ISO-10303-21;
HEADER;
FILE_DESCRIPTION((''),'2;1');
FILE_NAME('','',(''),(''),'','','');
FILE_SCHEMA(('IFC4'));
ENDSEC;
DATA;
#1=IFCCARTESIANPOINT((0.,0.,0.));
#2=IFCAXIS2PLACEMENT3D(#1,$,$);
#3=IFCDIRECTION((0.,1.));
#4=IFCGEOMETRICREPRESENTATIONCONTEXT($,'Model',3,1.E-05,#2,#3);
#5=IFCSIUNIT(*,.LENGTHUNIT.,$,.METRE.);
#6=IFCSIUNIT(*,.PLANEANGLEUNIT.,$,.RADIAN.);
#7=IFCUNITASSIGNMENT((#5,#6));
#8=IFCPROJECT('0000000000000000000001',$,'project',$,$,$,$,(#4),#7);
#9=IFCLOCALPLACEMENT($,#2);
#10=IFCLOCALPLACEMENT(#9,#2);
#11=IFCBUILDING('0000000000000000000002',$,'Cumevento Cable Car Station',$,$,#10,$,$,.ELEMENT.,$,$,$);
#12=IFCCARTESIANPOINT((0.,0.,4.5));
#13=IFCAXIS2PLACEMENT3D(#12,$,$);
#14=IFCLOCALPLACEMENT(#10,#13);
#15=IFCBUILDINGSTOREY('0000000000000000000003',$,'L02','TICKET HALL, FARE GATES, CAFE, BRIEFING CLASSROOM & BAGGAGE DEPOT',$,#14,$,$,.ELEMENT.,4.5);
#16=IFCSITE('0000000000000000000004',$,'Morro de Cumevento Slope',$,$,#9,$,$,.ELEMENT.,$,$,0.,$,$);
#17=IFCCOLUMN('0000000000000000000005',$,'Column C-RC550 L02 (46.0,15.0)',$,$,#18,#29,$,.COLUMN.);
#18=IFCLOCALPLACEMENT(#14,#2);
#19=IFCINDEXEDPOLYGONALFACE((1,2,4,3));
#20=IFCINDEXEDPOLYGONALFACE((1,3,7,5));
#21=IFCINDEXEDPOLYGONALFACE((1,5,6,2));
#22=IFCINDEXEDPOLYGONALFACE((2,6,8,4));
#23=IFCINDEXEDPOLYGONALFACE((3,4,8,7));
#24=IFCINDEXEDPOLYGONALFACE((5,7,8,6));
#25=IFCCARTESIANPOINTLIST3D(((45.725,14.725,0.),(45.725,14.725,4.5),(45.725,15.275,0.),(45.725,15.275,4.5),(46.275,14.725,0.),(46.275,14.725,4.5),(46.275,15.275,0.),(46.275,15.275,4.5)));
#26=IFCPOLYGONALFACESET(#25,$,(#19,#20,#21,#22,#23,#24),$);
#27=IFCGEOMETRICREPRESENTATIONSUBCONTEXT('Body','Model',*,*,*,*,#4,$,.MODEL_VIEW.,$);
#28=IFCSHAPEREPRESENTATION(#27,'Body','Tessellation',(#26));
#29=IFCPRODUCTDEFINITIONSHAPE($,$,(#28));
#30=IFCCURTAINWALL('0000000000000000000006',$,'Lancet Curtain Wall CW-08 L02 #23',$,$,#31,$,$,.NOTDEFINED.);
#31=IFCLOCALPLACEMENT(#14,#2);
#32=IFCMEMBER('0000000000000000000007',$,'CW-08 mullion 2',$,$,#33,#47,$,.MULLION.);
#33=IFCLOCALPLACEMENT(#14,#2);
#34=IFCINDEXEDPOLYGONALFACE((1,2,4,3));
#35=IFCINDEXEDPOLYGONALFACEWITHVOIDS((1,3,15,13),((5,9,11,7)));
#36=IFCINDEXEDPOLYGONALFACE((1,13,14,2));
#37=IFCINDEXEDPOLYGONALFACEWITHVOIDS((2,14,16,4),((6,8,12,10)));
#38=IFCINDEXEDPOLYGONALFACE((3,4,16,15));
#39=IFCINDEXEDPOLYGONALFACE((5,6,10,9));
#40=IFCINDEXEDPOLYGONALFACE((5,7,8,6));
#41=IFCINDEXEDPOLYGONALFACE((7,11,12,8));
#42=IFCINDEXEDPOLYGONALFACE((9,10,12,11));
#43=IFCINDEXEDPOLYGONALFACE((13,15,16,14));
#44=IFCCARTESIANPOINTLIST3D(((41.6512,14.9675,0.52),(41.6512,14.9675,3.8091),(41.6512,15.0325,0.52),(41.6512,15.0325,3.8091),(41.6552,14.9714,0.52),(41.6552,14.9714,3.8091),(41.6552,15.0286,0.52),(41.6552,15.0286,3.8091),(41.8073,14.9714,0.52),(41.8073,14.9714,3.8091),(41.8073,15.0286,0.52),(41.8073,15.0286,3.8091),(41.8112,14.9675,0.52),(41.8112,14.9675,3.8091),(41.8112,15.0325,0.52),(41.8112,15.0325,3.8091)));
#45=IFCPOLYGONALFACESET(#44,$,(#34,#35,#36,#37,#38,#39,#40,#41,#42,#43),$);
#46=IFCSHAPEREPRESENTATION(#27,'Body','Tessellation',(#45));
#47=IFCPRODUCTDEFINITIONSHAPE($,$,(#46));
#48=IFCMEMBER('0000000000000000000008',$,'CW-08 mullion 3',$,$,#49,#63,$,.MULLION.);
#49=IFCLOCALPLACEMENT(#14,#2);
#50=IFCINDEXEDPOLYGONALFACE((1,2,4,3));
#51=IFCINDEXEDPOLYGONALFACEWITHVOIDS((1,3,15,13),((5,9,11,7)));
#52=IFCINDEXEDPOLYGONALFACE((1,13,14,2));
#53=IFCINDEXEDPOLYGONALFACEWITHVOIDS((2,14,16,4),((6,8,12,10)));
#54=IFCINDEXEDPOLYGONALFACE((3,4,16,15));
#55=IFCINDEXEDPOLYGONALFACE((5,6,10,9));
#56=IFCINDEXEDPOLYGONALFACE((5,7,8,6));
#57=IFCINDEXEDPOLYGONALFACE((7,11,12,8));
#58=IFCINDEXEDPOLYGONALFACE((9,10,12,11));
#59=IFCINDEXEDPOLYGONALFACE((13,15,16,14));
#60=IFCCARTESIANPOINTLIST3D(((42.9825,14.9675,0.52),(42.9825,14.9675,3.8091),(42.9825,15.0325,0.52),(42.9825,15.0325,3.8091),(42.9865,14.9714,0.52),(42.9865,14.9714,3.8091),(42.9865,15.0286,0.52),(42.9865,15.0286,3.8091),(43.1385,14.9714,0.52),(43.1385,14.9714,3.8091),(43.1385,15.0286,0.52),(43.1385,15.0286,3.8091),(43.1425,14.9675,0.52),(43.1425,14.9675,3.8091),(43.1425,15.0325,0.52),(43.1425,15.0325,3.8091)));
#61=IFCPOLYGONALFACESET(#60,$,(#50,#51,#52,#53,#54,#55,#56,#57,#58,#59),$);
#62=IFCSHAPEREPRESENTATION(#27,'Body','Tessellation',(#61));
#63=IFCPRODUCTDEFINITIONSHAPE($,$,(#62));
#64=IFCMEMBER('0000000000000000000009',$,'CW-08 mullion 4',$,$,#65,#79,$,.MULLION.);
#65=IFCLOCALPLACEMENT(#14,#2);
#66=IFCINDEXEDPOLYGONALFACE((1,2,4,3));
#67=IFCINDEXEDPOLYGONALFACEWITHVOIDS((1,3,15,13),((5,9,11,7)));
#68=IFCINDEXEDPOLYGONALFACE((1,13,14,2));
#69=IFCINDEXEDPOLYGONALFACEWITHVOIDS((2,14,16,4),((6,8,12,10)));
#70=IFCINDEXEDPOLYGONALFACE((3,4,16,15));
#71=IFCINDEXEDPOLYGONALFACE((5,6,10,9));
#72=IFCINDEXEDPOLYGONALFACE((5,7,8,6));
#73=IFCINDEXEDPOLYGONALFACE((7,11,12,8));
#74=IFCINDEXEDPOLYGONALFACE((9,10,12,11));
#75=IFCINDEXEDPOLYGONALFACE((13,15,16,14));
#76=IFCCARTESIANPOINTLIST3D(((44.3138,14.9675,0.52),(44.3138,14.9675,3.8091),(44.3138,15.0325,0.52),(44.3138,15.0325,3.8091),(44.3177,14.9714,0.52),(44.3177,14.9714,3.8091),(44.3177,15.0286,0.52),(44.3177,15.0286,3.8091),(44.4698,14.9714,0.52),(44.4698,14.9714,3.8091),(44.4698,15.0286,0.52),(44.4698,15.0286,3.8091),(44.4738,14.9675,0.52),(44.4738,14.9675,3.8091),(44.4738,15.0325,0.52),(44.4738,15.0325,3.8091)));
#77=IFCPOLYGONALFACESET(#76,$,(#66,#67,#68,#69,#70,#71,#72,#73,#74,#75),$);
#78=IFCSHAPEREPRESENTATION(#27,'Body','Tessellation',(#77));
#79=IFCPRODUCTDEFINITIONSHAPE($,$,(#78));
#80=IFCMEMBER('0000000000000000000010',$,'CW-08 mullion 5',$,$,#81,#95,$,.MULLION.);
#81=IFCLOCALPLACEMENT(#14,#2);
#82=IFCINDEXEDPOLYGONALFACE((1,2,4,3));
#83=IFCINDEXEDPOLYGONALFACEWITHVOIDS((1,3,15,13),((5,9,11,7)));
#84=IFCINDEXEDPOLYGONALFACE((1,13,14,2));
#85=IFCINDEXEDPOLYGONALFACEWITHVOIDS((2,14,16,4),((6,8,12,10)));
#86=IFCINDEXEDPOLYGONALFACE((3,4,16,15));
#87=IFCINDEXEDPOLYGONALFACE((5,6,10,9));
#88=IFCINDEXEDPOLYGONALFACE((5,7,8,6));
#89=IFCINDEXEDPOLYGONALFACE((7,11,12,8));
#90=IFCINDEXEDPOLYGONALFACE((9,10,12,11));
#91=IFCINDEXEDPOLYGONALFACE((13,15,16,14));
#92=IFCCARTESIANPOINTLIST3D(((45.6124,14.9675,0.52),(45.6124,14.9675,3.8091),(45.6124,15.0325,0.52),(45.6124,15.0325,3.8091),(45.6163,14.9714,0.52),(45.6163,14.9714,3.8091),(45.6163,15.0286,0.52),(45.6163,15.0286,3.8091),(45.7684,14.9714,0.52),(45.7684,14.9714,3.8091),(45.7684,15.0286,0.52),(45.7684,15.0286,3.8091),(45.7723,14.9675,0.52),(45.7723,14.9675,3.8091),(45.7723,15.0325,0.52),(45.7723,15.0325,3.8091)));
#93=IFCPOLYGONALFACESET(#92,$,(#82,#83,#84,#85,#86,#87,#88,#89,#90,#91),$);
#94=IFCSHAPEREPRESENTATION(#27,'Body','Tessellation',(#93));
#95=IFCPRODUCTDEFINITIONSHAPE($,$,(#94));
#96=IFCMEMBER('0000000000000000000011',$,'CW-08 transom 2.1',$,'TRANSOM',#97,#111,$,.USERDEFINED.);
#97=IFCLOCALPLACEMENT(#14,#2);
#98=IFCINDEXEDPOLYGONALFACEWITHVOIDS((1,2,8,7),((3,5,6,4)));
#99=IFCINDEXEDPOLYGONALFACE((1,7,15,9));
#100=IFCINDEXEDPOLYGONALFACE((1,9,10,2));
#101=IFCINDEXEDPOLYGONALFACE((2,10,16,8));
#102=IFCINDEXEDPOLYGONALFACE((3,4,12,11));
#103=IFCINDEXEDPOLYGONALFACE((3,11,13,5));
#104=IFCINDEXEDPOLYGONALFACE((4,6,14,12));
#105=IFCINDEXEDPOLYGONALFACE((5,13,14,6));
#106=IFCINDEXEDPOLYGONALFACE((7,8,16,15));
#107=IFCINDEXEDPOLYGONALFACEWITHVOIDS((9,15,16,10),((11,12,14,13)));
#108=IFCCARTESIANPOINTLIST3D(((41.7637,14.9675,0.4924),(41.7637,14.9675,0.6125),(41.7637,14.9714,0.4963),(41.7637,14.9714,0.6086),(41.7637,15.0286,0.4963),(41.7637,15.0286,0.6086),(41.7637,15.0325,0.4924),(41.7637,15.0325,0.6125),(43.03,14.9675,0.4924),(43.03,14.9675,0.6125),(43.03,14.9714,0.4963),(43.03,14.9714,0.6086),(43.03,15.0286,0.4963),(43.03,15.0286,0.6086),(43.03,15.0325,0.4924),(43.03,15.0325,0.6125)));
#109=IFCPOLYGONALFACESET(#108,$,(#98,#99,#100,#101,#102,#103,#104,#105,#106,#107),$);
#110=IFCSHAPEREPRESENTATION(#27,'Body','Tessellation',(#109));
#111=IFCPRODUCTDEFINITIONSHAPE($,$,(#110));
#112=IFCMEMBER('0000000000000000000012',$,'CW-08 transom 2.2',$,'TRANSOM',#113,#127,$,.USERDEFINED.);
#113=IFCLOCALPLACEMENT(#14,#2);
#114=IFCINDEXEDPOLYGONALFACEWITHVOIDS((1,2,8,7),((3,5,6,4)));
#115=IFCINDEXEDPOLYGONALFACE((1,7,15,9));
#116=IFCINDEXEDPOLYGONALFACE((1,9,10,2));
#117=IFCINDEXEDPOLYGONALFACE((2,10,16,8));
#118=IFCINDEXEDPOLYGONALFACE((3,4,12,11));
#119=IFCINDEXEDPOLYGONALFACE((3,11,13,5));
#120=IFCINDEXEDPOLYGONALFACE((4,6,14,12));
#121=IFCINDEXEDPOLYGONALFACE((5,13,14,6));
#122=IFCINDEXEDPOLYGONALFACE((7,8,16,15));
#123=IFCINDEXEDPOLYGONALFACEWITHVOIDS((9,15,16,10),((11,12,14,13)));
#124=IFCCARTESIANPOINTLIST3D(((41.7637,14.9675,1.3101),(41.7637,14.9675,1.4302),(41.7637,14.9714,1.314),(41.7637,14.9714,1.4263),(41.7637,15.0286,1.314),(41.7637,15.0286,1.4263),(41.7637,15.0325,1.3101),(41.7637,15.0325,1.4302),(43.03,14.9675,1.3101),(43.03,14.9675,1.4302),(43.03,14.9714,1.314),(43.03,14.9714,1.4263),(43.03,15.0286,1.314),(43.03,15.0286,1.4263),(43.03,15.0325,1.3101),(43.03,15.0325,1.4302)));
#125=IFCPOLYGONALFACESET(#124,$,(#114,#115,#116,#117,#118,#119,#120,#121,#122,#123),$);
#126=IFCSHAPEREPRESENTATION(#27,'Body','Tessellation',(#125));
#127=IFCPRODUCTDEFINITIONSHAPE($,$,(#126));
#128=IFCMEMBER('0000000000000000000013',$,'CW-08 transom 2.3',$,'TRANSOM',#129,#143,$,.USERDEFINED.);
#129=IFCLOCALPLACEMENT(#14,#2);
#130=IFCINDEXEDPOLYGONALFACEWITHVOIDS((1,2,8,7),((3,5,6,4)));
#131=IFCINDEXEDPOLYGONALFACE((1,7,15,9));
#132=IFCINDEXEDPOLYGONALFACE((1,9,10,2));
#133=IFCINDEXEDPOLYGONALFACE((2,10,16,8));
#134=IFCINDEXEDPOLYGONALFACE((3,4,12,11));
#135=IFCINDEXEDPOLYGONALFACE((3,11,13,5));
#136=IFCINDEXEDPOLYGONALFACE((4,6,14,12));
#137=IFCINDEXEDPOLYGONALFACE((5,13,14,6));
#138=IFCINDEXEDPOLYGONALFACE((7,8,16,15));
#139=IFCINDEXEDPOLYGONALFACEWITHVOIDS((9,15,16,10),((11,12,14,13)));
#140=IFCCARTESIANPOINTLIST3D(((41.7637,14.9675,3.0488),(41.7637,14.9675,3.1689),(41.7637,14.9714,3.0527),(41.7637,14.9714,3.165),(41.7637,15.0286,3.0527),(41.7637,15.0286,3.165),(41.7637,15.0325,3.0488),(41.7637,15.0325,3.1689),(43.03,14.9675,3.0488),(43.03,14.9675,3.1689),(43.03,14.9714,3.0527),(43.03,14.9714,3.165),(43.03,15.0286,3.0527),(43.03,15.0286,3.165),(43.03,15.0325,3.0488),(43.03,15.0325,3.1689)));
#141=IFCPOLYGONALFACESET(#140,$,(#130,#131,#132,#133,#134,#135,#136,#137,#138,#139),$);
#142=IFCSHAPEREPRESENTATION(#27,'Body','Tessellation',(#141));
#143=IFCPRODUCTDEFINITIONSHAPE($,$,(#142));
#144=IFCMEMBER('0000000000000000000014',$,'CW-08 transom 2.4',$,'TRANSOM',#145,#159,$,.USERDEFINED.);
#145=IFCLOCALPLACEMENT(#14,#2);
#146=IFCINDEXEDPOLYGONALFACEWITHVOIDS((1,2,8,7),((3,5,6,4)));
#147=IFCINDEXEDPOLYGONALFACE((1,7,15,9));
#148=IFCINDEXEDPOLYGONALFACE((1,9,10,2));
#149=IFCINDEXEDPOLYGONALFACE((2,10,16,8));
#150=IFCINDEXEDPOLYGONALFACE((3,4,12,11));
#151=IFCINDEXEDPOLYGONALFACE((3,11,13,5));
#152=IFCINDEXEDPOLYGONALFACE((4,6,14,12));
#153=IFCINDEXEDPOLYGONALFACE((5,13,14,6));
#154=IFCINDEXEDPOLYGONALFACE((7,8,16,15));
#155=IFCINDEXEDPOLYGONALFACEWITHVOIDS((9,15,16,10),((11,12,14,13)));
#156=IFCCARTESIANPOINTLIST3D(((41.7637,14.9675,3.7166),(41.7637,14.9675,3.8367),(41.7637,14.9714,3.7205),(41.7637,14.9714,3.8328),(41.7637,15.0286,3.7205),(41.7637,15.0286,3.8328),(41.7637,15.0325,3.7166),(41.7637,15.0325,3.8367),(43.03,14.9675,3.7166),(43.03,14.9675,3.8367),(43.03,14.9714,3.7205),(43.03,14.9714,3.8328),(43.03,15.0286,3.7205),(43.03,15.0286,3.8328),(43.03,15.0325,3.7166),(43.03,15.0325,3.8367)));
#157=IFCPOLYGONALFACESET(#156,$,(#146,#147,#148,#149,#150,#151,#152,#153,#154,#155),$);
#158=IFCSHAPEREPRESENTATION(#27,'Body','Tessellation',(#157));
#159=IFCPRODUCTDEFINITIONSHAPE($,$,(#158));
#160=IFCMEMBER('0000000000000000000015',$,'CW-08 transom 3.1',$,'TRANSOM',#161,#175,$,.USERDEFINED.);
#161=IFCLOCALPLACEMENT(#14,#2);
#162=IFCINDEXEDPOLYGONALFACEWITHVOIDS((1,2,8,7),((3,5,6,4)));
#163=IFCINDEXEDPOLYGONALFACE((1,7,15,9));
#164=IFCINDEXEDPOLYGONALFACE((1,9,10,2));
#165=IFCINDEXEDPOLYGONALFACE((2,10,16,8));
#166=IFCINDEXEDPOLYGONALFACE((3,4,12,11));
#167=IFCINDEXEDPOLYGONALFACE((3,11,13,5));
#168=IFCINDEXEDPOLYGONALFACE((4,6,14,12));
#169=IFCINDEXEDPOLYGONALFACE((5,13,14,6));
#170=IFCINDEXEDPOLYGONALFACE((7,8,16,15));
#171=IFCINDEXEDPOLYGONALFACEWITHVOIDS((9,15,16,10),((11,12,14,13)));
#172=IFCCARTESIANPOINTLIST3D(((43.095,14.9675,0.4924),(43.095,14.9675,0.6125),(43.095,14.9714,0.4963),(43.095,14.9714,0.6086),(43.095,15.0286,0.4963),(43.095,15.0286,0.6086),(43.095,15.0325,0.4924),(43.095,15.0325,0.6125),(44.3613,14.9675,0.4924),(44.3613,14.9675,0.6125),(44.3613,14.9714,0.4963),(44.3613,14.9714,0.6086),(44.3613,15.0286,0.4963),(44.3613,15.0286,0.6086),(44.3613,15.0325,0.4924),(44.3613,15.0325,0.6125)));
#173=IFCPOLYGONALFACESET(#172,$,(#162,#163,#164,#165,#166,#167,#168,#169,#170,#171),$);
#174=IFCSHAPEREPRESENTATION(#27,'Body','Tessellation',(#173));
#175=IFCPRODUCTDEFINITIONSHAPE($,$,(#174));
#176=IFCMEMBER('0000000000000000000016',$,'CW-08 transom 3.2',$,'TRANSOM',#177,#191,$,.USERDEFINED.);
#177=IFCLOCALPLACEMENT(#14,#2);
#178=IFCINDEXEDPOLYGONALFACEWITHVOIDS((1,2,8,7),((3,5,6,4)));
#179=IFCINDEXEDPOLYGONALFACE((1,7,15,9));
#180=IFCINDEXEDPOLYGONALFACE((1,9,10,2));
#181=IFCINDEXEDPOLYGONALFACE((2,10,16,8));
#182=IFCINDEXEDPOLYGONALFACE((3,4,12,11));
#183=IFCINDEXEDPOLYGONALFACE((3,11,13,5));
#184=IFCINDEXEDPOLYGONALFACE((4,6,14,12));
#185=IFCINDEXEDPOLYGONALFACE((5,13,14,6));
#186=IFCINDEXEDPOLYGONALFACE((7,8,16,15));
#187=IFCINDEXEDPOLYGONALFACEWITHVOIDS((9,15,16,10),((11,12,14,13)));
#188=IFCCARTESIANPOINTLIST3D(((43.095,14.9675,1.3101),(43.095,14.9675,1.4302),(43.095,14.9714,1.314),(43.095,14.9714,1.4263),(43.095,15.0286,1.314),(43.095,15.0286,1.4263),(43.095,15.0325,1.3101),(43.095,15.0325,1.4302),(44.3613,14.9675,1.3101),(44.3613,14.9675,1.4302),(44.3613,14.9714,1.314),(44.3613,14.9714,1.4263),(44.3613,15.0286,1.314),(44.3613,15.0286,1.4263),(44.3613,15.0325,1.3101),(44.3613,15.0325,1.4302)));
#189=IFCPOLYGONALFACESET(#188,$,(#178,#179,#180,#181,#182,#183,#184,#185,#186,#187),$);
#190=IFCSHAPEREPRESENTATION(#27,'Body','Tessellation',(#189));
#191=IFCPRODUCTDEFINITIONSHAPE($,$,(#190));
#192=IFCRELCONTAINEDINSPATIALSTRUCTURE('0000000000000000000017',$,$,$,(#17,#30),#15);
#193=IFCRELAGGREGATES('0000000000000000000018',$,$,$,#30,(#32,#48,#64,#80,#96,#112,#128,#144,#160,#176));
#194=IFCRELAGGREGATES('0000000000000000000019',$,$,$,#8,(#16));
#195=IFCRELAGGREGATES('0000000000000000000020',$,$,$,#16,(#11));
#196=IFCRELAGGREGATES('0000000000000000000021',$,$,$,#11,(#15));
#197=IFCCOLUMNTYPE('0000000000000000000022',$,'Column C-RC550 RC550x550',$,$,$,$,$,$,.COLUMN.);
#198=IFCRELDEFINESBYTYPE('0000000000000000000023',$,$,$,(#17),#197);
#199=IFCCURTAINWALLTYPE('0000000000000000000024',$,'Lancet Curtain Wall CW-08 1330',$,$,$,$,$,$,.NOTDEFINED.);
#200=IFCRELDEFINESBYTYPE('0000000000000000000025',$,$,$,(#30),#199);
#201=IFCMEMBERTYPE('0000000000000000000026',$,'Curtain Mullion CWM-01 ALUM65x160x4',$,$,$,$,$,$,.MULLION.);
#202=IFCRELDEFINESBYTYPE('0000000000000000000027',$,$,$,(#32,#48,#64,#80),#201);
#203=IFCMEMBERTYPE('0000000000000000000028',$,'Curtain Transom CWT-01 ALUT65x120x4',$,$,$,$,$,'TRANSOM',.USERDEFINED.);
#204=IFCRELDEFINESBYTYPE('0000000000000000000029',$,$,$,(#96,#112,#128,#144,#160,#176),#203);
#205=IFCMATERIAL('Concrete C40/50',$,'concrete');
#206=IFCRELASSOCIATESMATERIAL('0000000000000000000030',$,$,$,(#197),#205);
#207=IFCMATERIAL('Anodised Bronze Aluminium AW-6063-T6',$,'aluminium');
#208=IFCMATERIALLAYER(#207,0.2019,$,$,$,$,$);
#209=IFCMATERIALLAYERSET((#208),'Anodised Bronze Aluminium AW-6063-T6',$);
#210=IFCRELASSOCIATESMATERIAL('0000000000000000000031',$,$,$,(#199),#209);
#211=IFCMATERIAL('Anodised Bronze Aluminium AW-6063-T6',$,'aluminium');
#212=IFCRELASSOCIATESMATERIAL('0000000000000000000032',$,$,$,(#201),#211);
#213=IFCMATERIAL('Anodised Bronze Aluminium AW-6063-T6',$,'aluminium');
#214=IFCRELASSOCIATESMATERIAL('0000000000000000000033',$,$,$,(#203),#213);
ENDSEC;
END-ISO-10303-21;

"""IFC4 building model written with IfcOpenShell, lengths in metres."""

from ifc_helpers import new_model, si_unit, direction, frame, origin, origin_2d, place, context, subcontext, project, spatial, rectangle, hollow_rectangle, extrude, material, layer, layer_set, material_profile, profile_set, type_object, element, aggregate, save


model = new_model("IFC4")

# Units and contexts
model_context = context("Model", 3, precision=1e-05, world=origin(), true_north=direction((0.0, 1.0)))
body_context = subcontext(model_context, "Body", "Model", "MODEL_VIEW")
ifc_project = project(units=[si_unit("LENGTHUNIT", "METRE"), si_unit("PLANEANGLEUNIT", "RADIAN")], contexts=[model_context])

# Site, building, storey
site_placement = place(None, origin())
site = spatial("IfcSite", under=ifc_project, at=site_placement, Name="Morro de Cumevento Slope", CompositionType="ELEMENT", RefElevation=0.0)
building_placement = place(site_placement, origin())
building = spatial("IfcBuilding", under=site, at=building_placement, Name="Cumevento Cable Car Station", CompositionType="ELEMENT")
storey_placement = place(building_placement, frame((0.0, 0.0, 4.5)))
storey = spatial("IfcBuildingStorey", under=building, at=storey_placement, Name="L02", Description="TICKET HALL, FARE GATES, CAFE, BRIEFING CLASSROOM & BAGGAGE DEPOT", CompositionType="ELEMENT", Elevation=4.5)

# Column
ifc_material_1 = material(Name="Concrete C40/50", Category="concrete")
ifc_material_profile_1 = material_profile(ifc_material_1, rectangle(XDim=0.55, YDim=0.55, at=origin_2d()), Name="RC550x550")
ifc_profile_set_1 = profile_set([ifc_material_profile_1], Name="Concrete C40/50")
column_type = type_object("IfcColumnType", Name="Column C-RC550 RC550x550", PredefinedType="COLUMN", material=ifc_profile_set_1)
column_placement = place(storey_placement, frame((46.0, 15.0, 0.0), z_axis=(0.0, 0.0, 1.0), x_axis=(1.0, 0.0, 0.0)))
element("IfcColumn", 1, at=column_placement, inside=storey, type_object=column_type, Name="Column C-RC550 L02 (46.0,15.0)", PredefinedType="COLUMN", context=body_context, shape_type="SweptSolid", body=[
    extrude(rectangle(XDim=0.55, YDim=0.55, at=origin_2d()), origin(), (0.0, 0.0, 1.0), 4.5),
])

# Curtain wall, members
ifc_material_2 = material(Name="Anodised Bronze Aluminium AW-6063-T6", Category="aluminium")
ifc_layer_1 = layer(ifc_material_2, 0.2019)
ifc_layer_set_1 = layer_set([ifc_layer_1], Name="Anodised Bronze Aluminium AW-6063-T6")
curtain_wall_type = type_object("IfcCurtainWallType", Name="Lancet Curtain Wall CW-08 1330", PredefinedType="NOTDEFINED", material=ifc_layer_set_1)
curtain_wall_placement = place(storey_placement, origin())
curtain_wall = element("IfcCurtainWall", 2, at=curtain_wall_placement, inside=storey, type_object=curtain_wall_type, Name="Lancet Curtain Wall CW-08 L02 #23", PredefinedType="NOTDEFINED")
ifc_material_3 = material(Name="Anodised Bronze Aluminium AW-6063-T6", Category="aluminium")
ifc_material_profile_2 = material_profile(ifc_material_3, hollow_rectangle(XDim=0.0649, YDim=0.1599, WallThickness=0.0039, at=origin_2d()), Name="ALUM65x160x4")
ifc_profile_set_2 = profile_set([ifc_material_profile_2], Name="Anodised Bronze Aluminium AW-6063-T6")
member_type_1 = type_object("IfcMemberType", Name="Curtain Mullion CWM-01 ALUM65x160x4", PredefinedType="MULLION", material=ifc_profile_set_2)
member_1_placement = place(storey_placement, frame((41.7312, 15.0, 0.52), z_axis=(0.0, 0.0, 1.0), x_axis=(0.0, 1.0, 0.0)))
member_1 = element("IfcMember", 3, at=member_1_placement, type_object=member_type_1, Name="CW-08 mullion 2", PredefinedType="MULLION", context=body_context, shape_type="SweptSolid", body=[
    extrude(hollow_rectangle(XDim=0.0649, YDim=0.1599, WallThickness=0.0039, at=origin_2d()), origin(), (0.0, 0.0, 1.0), 3.2891),
])
member_2_placement = place(storey_placement, frame((43.0625, 15.0, 0.52), z_axis=(0.0, 0.0, 1.0), x_axis=(0.0, 1.0, 0.0)))
member_2 = element("IfcMember", 4, at=member_2_placement, type_object=member_type_1, Name="CW-08 mullion 3", PredefinedType="MULLION", context=body_context, shape_type="SweptSolid", body=[
    extrude(hollow_rectangle(XDim=0.0649, YDim=0.1599, WallThickness=0.0039, at=origin_2d()), origin(), (0.0, 0.0, 1.0), 3.2891),
])
member_3_placement = place(storey_placement, frame((44.3938, 15.0, 0.52), z_axis=(0.0, 0.0, 1.0), x_axis=(0.0, 1.0, 0.0)))
member_3 = element("IfcMember", 5, at=member_3_placement, type_object=member_type_1, Name="CW-08 mullion 4", PredefinedType="MULLION", context=body_context, shape_type="SweptSolid", body=[
    extrude(hollow_rectangle(XDim=0.0649, YDim=0.1599, WallThickness=0.0039, at=origin_2d()), origin(), (0.0, 0.0, 1.0), 3.2891),
])
member_4_placement = place(storey_placement, frame((45.6924, 15.0, 0.52), z_axis=(0.0, 0.0, 1.0), x_axis=(0.0, 1.0, 0.0)))
member_4 = element("IfcMember", 6, at=member_4_placement, type_object=member_type_1, Name="CW-08 mullion 5", PredefinedType="MULLION", context=body_context, shape_type="SweptSolid", body=[
    extrude(hollow_rectangle(XDim=0.0649, YDim=0.1599, WallThickness=0.0039, at=origin_2d()), origin(), (0.0, 0.0, 1.0), 3.2891),
])
ifc_material_4 = material(Name="Anodised Bronze Aluminium AW-6063-T6", Category="aluminium")
ifc_material_profile_3 = material_profile(ifc_material_4, hollow_rectangle(XDim=0.0649, YDim=0.1201, WallThickness=0.0039, at=origin_2d()), Name="ALUT65x120x4")
ifc_profile_set_3 = profile_set([ifc_material_profile_3], Name="Anodised Bronze Aluminium AW-6063-T6")
member_type_2 = type_object("IfcMemberType", Name="Curtain Transom CWT-01 ALUT65x120x4", ElementType="TRANSOM", PredefinedType="USERDEFINED", material=ifc_profile_set_3)
member_5_placement = place(storey_placement, frame((41.7637, 15.0, 0.5525), z_axis=(1.0, 0.0, 0.0), x_axis=(0.0, 1.0, 0.0)))
member_5 = element("IfcMember", 7, at=member_5_placement, type_object=member_type_2, Name="CW-08 transom 2.1", ObjectType="TRANSOM", PredefinedType="USERDEFINED", context=body_context, shape_type="SweptSolid", body=[
    extrude(hollow_rectangle(XDim=0.0649, YDim=0.1201, WallThickness=0.0039, at=origin_2d()), origin(), (0.0, 0.0, 1.0), 1.2664),
])
member_6_placement = place(storey_placement, frame((41.7637, 15.0, 1.3701), z_axis=(1.0, 0.0, 0.0), x_axis=(0.0, 1.0, 0.0)))
member_6 = element("IfcMember", 8, at=member_6_placement, type_object=member_type_2, Name="CW-08 transom 2.2", ObjectType="TRANSOM", PredefinedType="USERDEFINED", context=body_context, shape_type="SweptSolid", body=[
    extrude(hollow_rectangle(XDim=0.0649, YDim=0.1201, WallThickness=0.0039, at=origin_2d()), origin(), (0.0, 0.0, 1.0), 1.2664),
])
member_7_placement = place(storey_placement, frame((41.7637, 15.0, 3.1089), z_axis=(1.0, 0.0, 0.0), x_axis=(0.0, 1.0, 0.0)))
member_7 = element("IfcMember", 9, at=member_7_placement, type_object=member_type_2, Name="CW-08 transom 2.3", ObjectType="TRANSOM", PredefinedType="USERDEFINED", context=body_context, shape_type="SweptSolid", body=[
    extrude(hollow_rectangle(XDim=0.0649, YDim=0.1201, WallThickness=0.0039, at=origin_2d()), origin(), (0.0, 0.0, 1.0), 1.2664),
])
member_8_placement = place(storey_placement, frame((41.7637, 15.0, 3.7766), z_axis=(1.0, 0.0, 0.0), x_axis=(0.0, 1.0, 0.0)))
member_8 = element("IfcMember", 10, at=member_8_placement, type_object=member_type_2, Name="CW-08 transom 2.4", ObjectType="TRANSOM", PredefinedType="USERDEFINED", context=body_context, shape_type="SweptSolid", body=[
    extrude(hollow_rectangle(XDim=0.0649, YDim=0.1201, WallThickness=0.0039, at=origin_2d()), origin(), (0.0, 0.0, 1.0), 1.2664),
])
member_9_placement = place(storey_placement, frame((43.095, 15.0, 0.5525), z_axis=(1.0, 0.0, 0.0), x_axis=(0.0, 1.0, 0.0)))
member_9 = element("IfcMember", 11, at=member_9_placement, type_object=member_type_2, Name="CW-08 transom 3.1", ObjectType="TRANSOM", PredefinedType="USERDEFINED", context=body_context, shape_type="SweptSolid", body=[
    extrude(hollow_rectangle(XDim=0.0649, YDim=0.1201, WallThickness=0.0039, at=origin_2d()), origin(), (0.0, 0.0, 1.0), 1.2664),
])
member_10_placement = place(storey_placement, frame((43.095, 15.0, 1.3701), z_axis=(1.0, 0.0, 0.0), x_axis=(0.0, 1.0, 0.0)))
member_10 = element("IfcMember", 12, at=member_10_placement, type_object=member_type_2, Name="CW-08 transom 3.2", ObjectType="TRANSOM", PredefinedType="USERDEFINED", context=body_context, shape_type="SweptSolid", body=[
    extrude(hollow_rectangle(XDim=0.0649, YDim=0.1201, WallThickness=0.0039, at=origin_2d()), origin(), (0.0, 0.0, 1.0), 1.2664),
])
aggregate(curtain_wall, [member_1, member_2, member_3, member_4, member_5, member_6, member_7, member_8, member_9, member_10])

save(model, "model.ifc")
